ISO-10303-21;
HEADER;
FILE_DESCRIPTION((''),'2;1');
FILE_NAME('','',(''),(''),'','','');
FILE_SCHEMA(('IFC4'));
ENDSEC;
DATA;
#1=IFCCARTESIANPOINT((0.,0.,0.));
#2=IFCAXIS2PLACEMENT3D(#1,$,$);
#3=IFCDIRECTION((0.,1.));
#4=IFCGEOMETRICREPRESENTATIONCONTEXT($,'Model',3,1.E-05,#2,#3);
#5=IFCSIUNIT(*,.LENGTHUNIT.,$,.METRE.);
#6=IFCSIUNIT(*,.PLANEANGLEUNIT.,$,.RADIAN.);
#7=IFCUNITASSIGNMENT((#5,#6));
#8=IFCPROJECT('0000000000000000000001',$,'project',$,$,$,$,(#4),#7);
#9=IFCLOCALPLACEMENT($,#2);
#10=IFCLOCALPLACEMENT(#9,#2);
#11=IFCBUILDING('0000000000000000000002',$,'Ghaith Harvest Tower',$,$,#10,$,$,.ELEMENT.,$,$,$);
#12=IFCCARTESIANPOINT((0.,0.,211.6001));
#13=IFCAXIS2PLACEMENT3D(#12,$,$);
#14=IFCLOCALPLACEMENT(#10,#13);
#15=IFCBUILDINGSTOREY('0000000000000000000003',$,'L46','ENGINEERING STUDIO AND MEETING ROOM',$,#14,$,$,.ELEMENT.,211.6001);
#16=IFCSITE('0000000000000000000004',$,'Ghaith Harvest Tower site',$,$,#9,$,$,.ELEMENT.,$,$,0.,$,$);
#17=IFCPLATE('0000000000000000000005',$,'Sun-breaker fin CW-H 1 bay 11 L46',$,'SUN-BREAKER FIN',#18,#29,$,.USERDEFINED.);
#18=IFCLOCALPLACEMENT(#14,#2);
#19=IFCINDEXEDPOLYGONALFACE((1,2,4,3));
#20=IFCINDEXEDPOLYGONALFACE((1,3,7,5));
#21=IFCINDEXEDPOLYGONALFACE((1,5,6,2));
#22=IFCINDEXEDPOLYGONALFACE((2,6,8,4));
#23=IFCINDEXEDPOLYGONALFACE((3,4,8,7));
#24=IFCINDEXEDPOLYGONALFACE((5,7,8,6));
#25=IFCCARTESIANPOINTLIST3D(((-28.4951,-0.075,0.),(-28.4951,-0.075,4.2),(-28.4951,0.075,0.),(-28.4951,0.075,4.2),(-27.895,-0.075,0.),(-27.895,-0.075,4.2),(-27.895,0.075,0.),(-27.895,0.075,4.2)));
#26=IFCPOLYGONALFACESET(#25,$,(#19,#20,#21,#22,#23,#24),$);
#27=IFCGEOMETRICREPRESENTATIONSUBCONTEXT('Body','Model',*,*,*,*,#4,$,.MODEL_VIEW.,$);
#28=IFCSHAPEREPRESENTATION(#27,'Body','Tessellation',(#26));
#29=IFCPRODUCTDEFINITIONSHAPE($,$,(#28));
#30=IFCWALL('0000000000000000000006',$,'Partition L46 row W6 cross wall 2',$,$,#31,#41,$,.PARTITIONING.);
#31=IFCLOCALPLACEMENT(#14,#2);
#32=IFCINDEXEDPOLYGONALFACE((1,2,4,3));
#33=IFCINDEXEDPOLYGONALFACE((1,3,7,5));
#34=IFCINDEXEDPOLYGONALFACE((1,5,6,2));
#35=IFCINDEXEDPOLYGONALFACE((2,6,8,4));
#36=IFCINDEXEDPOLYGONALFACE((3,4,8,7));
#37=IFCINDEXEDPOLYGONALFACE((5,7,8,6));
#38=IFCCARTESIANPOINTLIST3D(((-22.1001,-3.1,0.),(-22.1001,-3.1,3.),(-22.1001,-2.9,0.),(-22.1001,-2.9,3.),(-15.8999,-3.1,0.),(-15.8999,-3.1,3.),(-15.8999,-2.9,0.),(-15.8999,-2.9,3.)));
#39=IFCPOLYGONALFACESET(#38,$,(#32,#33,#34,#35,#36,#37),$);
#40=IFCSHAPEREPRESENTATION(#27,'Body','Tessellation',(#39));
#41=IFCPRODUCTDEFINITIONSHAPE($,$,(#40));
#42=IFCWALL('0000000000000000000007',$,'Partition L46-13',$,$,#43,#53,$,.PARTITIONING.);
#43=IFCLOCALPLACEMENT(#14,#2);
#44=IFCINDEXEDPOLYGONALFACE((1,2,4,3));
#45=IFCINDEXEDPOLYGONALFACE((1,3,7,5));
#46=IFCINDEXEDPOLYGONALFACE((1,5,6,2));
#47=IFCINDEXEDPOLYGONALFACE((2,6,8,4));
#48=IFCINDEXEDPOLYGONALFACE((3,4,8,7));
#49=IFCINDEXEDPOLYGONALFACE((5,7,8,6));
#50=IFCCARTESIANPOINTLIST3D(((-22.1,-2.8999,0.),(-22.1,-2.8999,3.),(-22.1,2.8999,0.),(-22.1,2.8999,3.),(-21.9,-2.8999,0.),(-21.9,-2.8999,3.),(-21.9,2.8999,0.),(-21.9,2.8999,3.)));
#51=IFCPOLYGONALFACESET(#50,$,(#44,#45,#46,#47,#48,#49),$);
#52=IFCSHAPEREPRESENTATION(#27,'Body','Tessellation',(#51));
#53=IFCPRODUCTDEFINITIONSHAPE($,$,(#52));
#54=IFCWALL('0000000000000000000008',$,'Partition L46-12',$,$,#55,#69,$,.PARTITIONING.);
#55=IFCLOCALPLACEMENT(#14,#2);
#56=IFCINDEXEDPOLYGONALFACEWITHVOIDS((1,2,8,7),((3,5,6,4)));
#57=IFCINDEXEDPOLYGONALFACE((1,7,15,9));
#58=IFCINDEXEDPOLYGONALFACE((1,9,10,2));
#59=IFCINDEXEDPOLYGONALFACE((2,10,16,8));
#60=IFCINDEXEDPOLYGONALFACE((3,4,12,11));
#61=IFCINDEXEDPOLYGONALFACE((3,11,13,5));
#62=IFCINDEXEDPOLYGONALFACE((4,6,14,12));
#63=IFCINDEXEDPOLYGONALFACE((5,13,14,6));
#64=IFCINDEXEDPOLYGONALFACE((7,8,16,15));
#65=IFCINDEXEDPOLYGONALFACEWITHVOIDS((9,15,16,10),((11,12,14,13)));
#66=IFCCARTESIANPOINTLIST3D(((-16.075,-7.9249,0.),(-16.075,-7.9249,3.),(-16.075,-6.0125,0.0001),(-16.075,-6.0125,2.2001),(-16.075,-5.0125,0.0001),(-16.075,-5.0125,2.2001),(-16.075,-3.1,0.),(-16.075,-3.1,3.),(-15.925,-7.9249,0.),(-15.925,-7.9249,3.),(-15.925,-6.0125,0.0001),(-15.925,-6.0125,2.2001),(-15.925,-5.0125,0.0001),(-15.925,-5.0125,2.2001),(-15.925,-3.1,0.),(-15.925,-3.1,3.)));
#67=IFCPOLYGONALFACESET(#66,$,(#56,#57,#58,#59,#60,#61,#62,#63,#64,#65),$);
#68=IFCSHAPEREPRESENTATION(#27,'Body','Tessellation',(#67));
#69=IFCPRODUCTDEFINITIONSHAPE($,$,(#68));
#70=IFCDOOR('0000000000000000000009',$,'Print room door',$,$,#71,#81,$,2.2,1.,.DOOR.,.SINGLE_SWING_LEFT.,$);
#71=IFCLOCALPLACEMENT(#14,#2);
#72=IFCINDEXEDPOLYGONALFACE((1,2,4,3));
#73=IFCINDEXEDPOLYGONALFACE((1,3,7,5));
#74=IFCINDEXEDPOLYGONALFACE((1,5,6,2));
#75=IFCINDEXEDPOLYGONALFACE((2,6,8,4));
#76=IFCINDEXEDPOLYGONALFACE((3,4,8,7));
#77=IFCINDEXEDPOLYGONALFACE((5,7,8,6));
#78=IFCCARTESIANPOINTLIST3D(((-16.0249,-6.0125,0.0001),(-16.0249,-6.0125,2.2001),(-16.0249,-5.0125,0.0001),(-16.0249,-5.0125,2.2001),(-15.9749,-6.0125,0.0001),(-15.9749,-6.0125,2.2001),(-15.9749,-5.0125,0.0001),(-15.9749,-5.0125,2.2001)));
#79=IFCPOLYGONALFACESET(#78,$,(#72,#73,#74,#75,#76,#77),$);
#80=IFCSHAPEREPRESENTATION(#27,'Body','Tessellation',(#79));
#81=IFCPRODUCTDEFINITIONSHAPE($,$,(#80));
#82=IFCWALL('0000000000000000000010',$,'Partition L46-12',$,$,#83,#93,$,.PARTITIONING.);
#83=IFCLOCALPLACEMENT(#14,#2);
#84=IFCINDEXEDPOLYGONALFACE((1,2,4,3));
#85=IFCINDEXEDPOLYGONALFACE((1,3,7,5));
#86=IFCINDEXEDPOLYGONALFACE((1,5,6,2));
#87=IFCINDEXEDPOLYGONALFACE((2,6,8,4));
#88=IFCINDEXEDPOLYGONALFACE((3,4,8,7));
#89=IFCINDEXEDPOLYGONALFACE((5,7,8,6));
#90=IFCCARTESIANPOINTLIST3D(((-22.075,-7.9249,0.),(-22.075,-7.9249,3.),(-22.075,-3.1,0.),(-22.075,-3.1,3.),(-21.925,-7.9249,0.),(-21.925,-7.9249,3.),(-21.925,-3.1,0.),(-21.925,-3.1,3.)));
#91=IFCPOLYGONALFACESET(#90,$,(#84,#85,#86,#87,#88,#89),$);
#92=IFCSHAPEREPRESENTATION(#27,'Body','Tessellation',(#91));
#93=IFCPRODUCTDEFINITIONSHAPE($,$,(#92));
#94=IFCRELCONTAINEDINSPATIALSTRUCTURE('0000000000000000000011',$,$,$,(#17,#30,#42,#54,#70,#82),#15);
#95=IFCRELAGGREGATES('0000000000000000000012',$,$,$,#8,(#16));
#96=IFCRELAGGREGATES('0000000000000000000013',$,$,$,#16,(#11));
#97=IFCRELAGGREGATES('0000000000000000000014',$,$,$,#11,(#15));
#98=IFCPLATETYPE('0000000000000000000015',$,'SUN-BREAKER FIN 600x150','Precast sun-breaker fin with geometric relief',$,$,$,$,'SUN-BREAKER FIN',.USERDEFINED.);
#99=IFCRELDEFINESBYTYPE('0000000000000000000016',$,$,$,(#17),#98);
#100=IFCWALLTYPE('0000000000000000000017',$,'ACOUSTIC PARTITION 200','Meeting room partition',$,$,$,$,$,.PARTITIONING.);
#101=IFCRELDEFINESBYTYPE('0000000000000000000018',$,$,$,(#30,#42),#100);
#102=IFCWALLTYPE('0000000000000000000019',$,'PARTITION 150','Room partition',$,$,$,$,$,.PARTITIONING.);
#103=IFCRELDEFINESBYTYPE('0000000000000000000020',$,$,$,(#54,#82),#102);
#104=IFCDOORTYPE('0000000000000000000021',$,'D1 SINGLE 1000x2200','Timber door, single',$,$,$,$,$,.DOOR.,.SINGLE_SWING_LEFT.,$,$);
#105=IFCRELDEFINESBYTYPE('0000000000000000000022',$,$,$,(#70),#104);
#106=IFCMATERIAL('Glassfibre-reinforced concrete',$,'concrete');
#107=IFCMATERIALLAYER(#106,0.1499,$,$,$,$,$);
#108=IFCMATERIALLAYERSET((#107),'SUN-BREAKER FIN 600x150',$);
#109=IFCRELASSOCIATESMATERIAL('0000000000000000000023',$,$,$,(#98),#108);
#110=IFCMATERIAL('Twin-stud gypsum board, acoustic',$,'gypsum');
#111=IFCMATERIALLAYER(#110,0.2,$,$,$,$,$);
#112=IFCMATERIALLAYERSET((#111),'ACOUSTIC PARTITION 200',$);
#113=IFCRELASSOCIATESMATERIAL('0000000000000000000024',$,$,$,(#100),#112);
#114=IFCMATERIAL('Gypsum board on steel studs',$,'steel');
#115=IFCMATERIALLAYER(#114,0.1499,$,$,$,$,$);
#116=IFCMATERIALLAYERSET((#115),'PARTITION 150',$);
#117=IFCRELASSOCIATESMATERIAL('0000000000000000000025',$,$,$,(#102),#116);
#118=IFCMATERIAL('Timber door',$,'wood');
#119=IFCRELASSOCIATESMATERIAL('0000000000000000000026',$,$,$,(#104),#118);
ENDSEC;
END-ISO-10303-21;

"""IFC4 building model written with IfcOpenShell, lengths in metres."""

from ifc_helpers import new_model, si_unit, direction, frame, frame_2d, origin, origin_2d, place, context, subcontext, project, spatial, rectangle, extrude, material, layer, layer_set, type_object, element, fill, save


model = new_model("IFC4")

# Units and contexts
model_context = context("Model", 3, precision=1e-05, world=origin(), true_north=direction((0.0, 1.0)))
body_context = subcontext(model_context, "Body", "Model", "MODEL_VIEW")
ifc_project = project(units=[si_unit("LENGTHUNIT", "METRE"), si_unit("PLANEANGLEUNIT", "RADIAN")], contexts=[model_context])

# Site, building, storey
site_placement = place(None, origin())
site = spatial("IfcSite", under=ifc_project, at=site_placement, Name="Ghaith Harvest Tower site", CompositionType="ELEMENT", RefElevation=0.0)
building_placement = place(site_placement, origin())
building = spatial("IfcBuilding", under=site, at=building_placement, Name="Ghaith Harvest Tower", CompositionType="ELEMENT")
storey_placement = place(building_placement, frame((0.0, 0.0, 211.6001)))
storey = spatial("IfcBuildingStorey", under=building, at=storey_placement, Name="L46", Description="ENGINEERING STUDIO AND MEETING ROOM", CompositionType="ELEMENT", Elevation=211.6001)

# Plate
ifc_material_1 = material(Name="Glassfibre-reinforced concrete", Category="concrete")
ifc_layer_1 = layer(ifc_material_1, 0.1499)
ifc_layer_set_1 = layer_set([ifc_layer_1], Name="SUN-BREAKER FIN 600x150")
plate_type_1 = type_object("IfcPlateType", Name="SUN-BREAKER FIN 600x150", Description="Precast sun-breaker fin with geometric relief", ElementType="SUN-BREAKER FIN", PredefinedType="USERDEFINED", material=ifc_layer_set_1)
plate_1_placement = place(storey_placement, frame((-28.1951, 0.0, 0.0), z_axis=(0.0, 0.0, 1.0), x_axis=(-1.0, 0.0, 0.0)))
element("IfcPlate", 1, at=plate_1_placement, inside=storey, type_object=plate_type_1, Name="Sun-breaker fin CW-H 1 bay 11 L46", ObjectType="SUN-BREAKER FIN", PredefinedType="USERDEFINED", context=body_context, shape_type="SweptSolid", body=[
    extrude(rectangle(XDim=0.6001, YDim=0.1499, at=origin_2d()), origin(), (0.0, 0.0, 1.0), 4.2),
])

# Wall
ifc_material_2 = material(Name="Twin-stud gypsum board, acoustic", Category="gypsum")
ifc_layer_2 = layer(ifc_material_2, 0.2)
ifc_layer_set_2 = layer_set([ifc_layer_2], Name="ACOUSTIC PARTITION 200")
wall_type_1 = type_object("IfcWallType", Name="ACOUSTIC PARTITION 200", Description="Meeting room partition", PredefinedType="PARTITIONING", material=ifc_layer_set_2)
wall_1_placement = place(storey_placement, frame((-15.8999, -3.0, 0.0), z_axis=(0.0, 0.0, 1.0), x_axis=(-1.0, 0.0, 0.0)))
element("IfcWall", 2, at=wall_1_placement, inside=storey, type_object=wall_type_1, Name="Partition L46 row W6 cross wall 2", PredefinedType="PARTITIONING", context=body_context, shape_type="SweptSolid", body=[
    extrude(rectangle(XDim=6.2002, YDim=0.2, at=frame_2d((3.1001, 0.0))), origin(), (0.0, 0.0, 1.0), 3.0),
])

# Wall
wall_2_placement = place(storey_placement, frame((-22.0, -2.8999, 0.0), z_axis=(0.0, 0.0, 1.0), x_axis=(0.0, 1.0, 0.0)))
element("IfcWall", 3, at=wall_2_placement, inside=storey, type_object=wall_type_1, Name="Partition L46-13", PredefinedType="PARTITIONING", context=body_context, shape_type="SweptSolid", body=[
    extrude(rectangle(XDim=5.7998, YDim=0.2, at=frame_2d((2.8999, 0.0))), origin(), (0.0, 0.0, 1.0), 3.0),
])

# Wall, opening, door
ifc_material_3 = material(Name="Gypsum board on steel studs", Category="steel")
ifc_layer_3 = layer(ifc_material_3, 0.1499)
ifc_layer_set_3 = layer_set([ifc_layer_3], Name="PARTITION 150")
wall_type_2 = type_object("IfcWallType", Name="PARTITION 150", Description="Room partition", PredefinedType="PARTITIONING", material=ifc_layer_set_3)
wall_3_placement = place(storey_placement, frame((-16.0, -7.925, 0.0), z_axis=(0.0, 0.0, 1.0), x_axis=(0.0, 1.0, 0.0)))
wall_3 = element("IfcWall", 4, at=wall_3_placement, inside=storey, type_object=wall_type_2, Name="Partition L46-12", PredefinedType="PARTITIONING", context=body_context, shape_type="SweptSolid", body=[
    extrude(rectangle(XDim=4.825, YDim=0.1499, at=frame_2d((2.4126, 0.0))), origin(), (0.0, 0.0, 1.0), 3.0),
])
opening_1_placement = place(wall_3_placement, frame((1.9126, 0.0, 0.0)))
opening_1 = element("IfcOpeningElement", 5, at=opening_1_placement, cuts=wall_3, PredefinedType="OPENING", context=body_context, shape_type="SweptSolid", body=[
    extrude(rectangle(XDim=1.0, YDim=2.2, at=frame_2d((0.5, 1.1001))), frame((0.0, 0.085, 0.0), z_axis=(0.0, -1.0, 0.0), x_axis=(1.0, 0.0, 0.0)), (0.0, 0.0, 1.0), 0.1699),
])
ifc_material_4 = material(Name="Timber door", Category="wood")
door_type_1 = type_object("IfcDoorType", Name="D1 SINGLE 1000x2200", Description="Timber door, single", OperationType="SINGLE_SWING_LEFT", PredefinedType="DOOR", material=ifc_material_4)
door_1_placement = place(opening_1_placement, origin())
door_1 = element("IfcDoor", 6, at=door_1_placement, inside=storey, type_object=door_type_1, Name="Print room door", OperationType="SINGLE_SWING_LEFT", OverallHeight=2.2, OverallWidth=1.0, PredefinedType="DOOR", context=body_context, shape_type="SweptSolid", body=[
    extrude(rectangle(XDim=1.0, YDim=2.2, at=frame_2d((0.5, 1.1001))), frame((0.0, 0.0249, 0.0), z_axis=(0.0, -1.0, 0.0), x_axis=(1.0, 0.0, 0.0)), (0.0, 0.0, 1.0), 0.05),
])
fill(opening_1, door_1)

# Wall
wall_4_placement = place(storey_placement, frame((-22.0, -7.925, 0.0), z_axis=(0.0, 0.0, 1.0), x_axis=(0.0, 1.0, 0.0)))
element("IfcWall", 7, at=wall_4_placement, inside=storey, type_object=wall_type_2, Name="Partition L46-12", PredefinedType="PARTITIONING", context=body_context, shape_type="SweptSolid", body=[
    extrude(rectangle(XDim=4.825, YDim=0.1499, at=frame_2d((2.4126, 0.0))), origin(), (0.0, 0.0, 1.0), 3.0),
])

save(model, "model.ifc")
